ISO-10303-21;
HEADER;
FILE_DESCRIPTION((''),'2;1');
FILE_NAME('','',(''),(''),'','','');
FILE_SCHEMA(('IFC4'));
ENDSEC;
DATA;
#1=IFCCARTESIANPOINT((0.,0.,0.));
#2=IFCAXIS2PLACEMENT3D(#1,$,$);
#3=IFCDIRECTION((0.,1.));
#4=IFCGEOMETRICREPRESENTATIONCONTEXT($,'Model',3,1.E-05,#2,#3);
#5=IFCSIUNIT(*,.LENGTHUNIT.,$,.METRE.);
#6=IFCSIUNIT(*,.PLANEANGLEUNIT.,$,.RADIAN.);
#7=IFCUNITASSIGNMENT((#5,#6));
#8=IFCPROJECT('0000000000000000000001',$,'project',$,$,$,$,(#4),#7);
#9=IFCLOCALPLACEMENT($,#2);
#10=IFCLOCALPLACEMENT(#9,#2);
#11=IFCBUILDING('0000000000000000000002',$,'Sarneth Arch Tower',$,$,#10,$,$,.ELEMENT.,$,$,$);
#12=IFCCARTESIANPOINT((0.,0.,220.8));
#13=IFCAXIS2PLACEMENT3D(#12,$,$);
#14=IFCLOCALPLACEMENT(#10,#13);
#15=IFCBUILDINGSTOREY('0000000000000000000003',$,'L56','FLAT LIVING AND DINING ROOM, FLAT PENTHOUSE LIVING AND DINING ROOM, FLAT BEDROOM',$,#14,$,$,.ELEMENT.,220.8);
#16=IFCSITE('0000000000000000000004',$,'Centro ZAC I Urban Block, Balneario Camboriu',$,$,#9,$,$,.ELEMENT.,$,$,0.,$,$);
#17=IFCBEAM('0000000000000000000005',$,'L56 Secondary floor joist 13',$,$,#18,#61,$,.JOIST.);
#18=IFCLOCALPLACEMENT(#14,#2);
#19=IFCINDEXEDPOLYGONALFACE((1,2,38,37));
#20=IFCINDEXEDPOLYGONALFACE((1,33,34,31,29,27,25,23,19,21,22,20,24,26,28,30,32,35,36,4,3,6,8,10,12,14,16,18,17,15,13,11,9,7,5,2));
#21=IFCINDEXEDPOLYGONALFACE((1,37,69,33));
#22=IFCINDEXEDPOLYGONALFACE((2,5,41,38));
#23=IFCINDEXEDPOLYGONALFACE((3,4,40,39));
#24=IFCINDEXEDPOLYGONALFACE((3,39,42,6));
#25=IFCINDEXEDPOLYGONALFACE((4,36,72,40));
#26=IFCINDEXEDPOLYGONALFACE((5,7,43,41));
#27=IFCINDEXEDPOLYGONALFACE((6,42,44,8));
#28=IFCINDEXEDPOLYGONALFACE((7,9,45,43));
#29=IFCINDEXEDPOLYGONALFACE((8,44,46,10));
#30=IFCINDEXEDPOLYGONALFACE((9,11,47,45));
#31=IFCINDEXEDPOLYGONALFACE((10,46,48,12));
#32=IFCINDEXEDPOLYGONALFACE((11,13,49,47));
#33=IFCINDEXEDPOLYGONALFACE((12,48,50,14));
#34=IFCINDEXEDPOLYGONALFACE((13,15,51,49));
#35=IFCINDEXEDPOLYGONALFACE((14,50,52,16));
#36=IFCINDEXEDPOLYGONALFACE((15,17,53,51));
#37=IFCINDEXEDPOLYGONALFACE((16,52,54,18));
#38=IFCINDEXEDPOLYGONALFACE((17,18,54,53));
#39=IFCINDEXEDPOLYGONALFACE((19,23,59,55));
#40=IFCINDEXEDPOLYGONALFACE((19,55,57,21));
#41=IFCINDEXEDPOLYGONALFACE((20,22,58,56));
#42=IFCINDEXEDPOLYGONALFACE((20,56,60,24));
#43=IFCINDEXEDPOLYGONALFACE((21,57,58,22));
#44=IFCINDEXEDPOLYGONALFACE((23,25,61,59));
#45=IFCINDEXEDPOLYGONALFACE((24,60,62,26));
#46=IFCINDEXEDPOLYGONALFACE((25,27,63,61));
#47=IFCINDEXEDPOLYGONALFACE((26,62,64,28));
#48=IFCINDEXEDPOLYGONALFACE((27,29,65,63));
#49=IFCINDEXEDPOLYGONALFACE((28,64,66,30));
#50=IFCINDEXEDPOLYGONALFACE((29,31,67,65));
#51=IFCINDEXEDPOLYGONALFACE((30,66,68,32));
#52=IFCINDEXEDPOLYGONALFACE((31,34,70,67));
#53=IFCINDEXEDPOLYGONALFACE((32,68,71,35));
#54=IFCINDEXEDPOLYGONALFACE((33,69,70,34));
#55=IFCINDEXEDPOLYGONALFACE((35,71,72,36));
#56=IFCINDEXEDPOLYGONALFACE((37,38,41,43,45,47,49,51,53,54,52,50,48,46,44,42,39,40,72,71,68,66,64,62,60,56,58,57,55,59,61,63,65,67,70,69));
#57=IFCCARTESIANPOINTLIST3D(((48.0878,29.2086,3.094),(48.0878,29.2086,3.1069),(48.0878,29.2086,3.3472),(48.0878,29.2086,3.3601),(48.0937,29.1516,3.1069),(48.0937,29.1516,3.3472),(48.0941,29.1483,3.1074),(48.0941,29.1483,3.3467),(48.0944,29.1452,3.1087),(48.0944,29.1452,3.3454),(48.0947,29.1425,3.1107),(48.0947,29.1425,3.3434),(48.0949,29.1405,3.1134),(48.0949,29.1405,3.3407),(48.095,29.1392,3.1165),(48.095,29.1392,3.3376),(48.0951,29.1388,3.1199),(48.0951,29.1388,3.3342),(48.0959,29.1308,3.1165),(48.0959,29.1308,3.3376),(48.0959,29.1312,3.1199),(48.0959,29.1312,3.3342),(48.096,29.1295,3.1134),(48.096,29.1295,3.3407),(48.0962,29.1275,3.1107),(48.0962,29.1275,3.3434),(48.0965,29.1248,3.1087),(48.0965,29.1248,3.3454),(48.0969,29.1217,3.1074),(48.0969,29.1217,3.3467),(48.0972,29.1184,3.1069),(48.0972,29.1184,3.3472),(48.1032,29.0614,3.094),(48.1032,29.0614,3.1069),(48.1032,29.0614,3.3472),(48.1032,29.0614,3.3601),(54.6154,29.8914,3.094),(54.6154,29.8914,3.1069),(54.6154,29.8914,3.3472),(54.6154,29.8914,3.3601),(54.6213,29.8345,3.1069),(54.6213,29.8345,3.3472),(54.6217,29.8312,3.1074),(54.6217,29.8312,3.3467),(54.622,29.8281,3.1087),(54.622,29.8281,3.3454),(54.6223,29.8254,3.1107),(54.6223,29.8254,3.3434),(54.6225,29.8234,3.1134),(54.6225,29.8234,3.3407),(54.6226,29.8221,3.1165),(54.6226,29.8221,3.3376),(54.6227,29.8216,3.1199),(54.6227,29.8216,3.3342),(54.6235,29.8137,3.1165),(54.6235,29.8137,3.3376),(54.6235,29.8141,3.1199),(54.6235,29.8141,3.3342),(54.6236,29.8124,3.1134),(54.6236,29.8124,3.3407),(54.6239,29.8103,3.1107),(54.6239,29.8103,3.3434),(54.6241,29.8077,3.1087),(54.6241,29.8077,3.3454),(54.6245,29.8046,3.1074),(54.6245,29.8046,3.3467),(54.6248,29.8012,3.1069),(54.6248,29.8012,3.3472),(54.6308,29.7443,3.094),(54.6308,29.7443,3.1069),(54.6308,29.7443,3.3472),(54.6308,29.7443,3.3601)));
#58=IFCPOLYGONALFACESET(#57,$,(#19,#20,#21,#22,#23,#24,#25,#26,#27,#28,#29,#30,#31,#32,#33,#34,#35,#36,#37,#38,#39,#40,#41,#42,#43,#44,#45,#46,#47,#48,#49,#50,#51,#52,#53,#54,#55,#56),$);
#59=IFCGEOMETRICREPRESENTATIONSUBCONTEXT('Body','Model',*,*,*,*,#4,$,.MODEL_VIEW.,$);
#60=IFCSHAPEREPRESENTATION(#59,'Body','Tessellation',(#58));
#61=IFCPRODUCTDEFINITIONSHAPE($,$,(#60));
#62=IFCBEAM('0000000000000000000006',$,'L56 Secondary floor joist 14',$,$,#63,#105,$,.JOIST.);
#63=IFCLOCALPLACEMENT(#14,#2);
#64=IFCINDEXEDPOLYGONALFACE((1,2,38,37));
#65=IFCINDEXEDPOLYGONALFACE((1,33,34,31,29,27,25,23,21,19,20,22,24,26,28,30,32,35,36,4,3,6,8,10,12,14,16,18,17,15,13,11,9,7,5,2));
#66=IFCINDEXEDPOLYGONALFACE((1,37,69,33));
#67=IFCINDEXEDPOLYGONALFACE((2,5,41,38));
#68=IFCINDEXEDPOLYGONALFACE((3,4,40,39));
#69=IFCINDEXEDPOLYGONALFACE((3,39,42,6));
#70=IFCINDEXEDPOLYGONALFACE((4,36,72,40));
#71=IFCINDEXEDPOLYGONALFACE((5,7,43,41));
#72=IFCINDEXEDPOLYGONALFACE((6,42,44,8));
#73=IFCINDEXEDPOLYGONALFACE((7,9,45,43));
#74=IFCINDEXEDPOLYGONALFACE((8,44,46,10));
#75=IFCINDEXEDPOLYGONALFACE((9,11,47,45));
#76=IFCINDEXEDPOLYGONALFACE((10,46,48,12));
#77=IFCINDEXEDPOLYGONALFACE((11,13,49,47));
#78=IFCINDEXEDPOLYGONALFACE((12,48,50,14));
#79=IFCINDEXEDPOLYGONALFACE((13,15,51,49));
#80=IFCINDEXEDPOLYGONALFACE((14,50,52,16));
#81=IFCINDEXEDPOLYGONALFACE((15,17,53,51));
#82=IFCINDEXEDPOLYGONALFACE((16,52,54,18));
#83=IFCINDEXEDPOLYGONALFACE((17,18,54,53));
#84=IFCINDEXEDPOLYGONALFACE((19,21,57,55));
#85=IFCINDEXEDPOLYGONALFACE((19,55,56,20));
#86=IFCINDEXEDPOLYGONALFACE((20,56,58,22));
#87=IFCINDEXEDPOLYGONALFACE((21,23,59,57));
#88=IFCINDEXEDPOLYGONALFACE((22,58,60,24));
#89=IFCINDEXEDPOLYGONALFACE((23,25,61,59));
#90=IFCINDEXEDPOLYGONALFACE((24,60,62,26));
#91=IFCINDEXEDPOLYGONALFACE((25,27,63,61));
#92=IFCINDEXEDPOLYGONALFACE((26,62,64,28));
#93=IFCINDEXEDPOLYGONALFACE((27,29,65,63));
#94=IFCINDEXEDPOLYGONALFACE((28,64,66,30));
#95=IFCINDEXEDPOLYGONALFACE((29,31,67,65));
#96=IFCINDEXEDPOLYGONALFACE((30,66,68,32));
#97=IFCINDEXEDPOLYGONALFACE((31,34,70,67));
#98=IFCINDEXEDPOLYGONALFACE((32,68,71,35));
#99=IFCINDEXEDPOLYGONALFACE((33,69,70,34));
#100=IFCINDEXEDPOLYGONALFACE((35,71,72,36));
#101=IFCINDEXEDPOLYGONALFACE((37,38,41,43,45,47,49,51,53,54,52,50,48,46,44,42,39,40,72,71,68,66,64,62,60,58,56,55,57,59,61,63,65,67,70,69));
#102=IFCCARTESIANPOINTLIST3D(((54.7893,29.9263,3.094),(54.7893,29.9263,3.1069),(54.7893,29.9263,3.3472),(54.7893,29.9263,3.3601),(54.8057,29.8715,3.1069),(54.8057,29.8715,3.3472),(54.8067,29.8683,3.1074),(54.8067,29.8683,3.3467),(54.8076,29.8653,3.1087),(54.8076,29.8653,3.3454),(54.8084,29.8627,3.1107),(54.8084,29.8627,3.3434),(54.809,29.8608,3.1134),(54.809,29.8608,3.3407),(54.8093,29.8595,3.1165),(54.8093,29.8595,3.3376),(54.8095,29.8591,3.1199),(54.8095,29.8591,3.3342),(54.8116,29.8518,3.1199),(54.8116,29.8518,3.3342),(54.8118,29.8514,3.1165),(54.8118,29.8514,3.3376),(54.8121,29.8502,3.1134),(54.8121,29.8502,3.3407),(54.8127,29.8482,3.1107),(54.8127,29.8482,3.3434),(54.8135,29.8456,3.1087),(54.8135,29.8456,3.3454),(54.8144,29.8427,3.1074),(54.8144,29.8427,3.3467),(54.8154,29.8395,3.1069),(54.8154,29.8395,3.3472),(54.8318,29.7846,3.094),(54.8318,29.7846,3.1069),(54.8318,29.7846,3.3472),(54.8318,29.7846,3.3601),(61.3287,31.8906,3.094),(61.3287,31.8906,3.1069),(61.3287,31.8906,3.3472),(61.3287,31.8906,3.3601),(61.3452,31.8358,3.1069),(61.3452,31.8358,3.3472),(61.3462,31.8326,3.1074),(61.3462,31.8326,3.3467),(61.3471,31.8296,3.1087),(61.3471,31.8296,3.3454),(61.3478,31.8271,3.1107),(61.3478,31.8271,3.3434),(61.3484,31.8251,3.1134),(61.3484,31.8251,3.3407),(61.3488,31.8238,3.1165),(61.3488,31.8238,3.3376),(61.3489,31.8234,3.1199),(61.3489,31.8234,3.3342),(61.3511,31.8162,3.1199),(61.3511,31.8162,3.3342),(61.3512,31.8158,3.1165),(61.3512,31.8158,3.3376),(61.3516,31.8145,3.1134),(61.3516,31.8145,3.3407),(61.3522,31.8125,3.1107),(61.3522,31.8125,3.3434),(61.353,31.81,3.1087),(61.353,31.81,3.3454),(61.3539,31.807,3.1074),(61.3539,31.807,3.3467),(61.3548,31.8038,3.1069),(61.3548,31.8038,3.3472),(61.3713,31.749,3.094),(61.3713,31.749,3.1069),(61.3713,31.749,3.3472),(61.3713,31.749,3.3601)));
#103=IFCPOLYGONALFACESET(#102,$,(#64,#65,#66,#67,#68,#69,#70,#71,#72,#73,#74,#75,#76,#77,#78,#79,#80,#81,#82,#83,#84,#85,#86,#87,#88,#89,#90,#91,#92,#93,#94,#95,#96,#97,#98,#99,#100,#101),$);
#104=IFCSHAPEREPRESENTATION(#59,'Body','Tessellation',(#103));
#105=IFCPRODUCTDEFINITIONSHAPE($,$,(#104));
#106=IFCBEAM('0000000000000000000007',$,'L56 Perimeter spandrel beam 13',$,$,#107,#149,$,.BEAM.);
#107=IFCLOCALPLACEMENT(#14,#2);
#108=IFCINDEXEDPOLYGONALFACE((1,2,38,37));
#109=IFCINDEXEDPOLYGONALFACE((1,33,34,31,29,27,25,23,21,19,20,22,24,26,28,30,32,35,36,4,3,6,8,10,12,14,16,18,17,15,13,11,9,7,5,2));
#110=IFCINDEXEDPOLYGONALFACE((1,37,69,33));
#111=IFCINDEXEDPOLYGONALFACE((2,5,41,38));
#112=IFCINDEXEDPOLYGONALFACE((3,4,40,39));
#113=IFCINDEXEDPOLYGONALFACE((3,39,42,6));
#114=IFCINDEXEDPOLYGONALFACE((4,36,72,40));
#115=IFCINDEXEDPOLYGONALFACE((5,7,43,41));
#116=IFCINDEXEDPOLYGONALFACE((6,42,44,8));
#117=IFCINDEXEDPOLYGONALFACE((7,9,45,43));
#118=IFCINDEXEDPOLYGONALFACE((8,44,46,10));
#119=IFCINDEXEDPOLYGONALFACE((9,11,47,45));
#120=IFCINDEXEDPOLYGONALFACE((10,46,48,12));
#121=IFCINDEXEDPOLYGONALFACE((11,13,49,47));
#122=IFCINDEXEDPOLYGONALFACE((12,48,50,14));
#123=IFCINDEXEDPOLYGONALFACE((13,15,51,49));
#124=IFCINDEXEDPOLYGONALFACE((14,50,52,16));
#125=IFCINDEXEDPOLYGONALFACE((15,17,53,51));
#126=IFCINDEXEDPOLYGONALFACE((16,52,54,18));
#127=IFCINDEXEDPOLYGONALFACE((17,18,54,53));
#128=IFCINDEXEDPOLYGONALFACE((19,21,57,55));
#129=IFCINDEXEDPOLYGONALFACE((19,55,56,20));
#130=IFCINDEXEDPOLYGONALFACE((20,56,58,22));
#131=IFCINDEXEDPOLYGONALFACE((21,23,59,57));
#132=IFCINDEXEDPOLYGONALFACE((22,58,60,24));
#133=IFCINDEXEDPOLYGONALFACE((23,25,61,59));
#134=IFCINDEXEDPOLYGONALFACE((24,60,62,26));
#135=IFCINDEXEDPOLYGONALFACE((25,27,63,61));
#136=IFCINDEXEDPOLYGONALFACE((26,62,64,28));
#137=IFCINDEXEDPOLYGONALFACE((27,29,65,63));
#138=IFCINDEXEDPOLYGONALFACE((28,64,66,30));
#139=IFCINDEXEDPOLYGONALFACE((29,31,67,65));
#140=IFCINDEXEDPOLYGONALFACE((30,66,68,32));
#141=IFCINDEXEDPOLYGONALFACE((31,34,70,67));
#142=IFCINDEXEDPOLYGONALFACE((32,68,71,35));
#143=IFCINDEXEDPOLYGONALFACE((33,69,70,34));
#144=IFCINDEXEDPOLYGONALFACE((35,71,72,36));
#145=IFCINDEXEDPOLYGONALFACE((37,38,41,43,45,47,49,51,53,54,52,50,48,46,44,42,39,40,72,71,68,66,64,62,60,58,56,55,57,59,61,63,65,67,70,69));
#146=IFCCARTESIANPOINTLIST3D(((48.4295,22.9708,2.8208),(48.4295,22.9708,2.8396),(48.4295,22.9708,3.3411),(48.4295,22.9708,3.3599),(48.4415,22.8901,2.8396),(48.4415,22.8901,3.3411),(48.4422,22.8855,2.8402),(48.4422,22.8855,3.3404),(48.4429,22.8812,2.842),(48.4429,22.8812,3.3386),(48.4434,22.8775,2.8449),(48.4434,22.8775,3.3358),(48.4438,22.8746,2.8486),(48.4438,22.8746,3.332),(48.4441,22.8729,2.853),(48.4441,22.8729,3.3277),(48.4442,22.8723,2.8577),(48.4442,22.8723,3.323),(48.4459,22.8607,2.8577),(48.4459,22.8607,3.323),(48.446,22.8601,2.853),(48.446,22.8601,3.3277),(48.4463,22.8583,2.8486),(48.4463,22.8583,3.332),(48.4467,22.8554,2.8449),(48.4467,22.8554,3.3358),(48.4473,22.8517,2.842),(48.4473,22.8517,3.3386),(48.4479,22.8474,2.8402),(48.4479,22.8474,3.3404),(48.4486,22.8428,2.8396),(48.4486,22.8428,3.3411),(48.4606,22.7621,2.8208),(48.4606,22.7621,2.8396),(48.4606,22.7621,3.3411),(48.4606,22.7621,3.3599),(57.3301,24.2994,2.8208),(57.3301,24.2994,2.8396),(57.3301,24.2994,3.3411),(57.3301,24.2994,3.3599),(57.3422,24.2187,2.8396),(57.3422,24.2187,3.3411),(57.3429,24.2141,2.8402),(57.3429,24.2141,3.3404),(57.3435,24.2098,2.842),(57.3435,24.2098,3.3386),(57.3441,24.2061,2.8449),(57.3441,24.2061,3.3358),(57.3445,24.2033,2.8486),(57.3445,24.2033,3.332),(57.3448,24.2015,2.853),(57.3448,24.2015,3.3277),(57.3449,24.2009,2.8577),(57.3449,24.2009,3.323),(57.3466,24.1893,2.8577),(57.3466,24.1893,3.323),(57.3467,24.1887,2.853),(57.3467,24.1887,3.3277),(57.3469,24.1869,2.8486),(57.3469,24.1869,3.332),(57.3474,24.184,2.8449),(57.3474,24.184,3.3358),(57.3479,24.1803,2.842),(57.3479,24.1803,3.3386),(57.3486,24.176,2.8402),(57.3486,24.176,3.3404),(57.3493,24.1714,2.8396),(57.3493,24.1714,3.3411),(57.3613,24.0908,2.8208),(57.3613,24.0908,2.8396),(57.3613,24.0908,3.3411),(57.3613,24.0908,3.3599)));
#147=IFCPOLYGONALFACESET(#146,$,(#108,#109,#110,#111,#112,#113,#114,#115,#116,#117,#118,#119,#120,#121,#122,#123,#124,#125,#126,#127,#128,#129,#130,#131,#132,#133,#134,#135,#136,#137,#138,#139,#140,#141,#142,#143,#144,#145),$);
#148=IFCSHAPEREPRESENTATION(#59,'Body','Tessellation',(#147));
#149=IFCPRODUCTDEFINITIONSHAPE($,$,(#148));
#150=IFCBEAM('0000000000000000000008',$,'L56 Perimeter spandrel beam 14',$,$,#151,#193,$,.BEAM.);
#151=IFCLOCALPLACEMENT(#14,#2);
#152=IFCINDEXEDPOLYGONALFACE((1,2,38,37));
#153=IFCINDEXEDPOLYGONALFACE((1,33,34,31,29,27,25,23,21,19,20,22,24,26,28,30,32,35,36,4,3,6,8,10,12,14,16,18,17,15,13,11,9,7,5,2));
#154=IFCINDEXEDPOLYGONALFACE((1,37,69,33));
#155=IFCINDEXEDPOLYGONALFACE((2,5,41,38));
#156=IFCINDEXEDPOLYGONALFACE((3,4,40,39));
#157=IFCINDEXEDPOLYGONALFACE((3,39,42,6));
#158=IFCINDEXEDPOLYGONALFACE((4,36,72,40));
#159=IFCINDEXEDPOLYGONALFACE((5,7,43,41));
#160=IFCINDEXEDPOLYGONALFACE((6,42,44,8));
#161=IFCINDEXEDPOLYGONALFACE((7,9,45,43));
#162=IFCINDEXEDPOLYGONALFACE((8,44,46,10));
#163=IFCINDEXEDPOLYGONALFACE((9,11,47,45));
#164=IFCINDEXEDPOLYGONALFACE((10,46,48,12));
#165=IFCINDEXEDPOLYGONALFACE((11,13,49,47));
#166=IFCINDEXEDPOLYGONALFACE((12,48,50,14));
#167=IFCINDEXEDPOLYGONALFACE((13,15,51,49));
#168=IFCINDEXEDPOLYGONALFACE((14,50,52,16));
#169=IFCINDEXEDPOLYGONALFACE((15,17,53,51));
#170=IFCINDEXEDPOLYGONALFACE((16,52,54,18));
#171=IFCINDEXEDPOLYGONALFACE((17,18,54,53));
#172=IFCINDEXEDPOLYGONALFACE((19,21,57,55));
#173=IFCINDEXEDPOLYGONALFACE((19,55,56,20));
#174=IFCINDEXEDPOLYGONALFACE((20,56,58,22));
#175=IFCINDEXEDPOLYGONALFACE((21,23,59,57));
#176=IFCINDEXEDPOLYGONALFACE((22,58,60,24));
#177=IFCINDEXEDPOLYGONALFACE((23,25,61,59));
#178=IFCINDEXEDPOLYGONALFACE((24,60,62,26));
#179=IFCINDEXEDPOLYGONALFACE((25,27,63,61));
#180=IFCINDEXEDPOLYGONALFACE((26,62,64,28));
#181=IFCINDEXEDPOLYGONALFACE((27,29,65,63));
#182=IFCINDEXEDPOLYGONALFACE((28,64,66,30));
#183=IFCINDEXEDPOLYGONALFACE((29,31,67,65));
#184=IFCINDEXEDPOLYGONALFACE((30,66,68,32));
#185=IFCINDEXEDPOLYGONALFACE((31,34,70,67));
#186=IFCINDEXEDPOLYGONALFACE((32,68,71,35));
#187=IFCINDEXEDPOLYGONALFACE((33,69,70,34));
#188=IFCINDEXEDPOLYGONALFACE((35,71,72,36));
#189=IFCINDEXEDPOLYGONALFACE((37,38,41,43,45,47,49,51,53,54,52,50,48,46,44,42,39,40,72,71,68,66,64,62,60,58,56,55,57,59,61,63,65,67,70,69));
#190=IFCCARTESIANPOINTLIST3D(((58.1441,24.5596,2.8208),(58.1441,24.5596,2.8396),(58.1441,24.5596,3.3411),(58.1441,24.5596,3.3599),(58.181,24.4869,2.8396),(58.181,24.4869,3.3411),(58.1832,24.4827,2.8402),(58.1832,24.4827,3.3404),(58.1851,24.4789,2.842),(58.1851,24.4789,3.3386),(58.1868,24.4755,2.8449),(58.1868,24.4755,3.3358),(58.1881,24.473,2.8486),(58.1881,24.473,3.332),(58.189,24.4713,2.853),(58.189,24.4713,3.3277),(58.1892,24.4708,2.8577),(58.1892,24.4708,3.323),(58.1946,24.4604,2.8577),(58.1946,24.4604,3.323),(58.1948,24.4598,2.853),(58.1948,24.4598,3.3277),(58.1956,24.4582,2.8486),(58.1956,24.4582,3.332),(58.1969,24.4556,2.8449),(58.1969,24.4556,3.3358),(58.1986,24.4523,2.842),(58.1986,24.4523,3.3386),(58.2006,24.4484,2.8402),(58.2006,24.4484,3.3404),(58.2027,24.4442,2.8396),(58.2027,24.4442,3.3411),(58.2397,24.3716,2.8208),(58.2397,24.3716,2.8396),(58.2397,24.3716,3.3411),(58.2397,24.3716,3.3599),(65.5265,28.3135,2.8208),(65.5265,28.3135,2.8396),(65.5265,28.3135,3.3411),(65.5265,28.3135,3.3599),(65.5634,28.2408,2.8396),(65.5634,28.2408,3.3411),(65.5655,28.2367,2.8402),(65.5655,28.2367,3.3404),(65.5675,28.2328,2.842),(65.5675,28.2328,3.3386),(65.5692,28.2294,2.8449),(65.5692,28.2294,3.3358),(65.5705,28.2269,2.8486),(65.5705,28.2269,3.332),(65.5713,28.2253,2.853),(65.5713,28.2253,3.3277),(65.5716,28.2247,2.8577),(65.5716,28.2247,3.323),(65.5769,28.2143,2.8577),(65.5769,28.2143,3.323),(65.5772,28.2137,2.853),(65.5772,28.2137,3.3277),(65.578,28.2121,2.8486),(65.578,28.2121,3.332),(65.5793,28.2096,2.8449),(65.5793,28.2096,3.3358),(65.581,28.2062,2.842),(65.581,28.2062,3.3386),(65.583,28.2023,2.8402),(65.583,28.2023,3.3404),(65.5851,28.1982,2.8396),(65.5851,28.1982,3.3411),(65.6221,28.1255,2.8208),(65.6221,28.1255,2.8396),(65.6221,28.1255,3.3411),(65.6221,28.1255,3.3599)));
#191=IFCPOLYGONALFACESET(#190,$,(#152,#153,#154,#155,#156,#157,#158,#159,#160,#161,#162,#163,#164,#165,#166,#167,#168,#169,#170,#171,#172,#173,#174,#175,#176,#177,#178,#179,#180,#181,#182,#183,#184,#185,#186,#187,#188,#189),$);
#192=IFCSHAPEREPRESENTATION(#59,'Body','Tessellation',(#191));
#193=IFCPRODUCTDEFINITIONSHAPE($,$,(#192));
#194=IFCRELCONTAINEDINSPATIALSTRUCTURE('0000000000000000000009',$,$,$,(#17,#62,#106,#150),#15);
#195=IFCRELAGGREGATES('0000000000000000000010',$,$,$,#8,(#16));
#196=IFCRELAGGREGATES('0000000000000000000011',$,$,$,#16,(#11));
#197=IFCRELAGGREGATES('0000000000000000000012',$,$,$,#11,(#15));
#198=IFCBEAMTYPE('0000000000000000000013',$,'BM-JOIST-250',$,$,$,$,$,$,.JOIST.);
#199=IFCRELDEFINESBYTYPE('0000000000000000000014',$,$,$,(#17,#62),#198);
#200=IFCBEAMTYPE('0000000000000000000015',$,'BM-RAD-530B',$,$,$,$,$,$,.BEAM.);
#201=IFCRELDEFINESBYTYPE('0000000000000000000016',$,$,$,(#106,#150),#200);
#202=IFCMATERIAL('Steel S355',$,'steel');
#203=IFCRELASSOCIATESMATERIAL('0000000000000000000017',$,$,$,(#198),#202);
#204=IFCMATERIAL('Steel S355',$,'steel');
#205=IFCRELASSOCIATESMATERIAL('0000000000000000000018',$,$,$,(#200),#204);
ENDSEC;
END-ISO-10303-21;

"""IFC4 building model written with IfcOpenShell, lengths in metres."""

from ifc_helpers import new_model, si_unit, direction, frame, origin, origin_2d, place, context, subcontext, project, spatial, i_section, extrude, material, material_profile, profile_set, type_object, element, save


model = new_model("IFC4")

# Units and contexts
model_context = context("Model", 3, precision=1e-05, world=origin(), true_north=direction((0.0, 1.0)))
body_context = subcontext(model_context, "Body", "Model", "MODEL_VIEW")
ifc_project = project(units=[si_unit("LENGTHUNIT", "METRE"), si_unit("PLANEANGLEUNIT", "RADIAN")], contexts=[model_context])

# Site, building, storey
site_placement = place(None, origin())
site = spatial("IfcSite", under=ifc_project, at=site_placement, Name="Centro ZAC I Urban Block, Balneario Camboriu", CompositionType="ELEMENT", RefElevation=0.0)
building_placement = place(site_placement, origin())
building = spatial("IfcBuilding", under=site, at=building_placement, Name="Sarneth Arch Tower", CompositionType="ELEMENT")
storey_placement = place(building_placement, frame((0.0, 0.0, 220.8)))
storey = spatial("IfcBuildingStorey", under=building, at=storey_placement, Name="L56", Description="FLAT LIVING AND DINING ROOM, FLAT PENTHOUSE LIVING AND DINING ROOM, FLAT BEDROOM", CompositionType="ELEMENT", Elevation=220.8)

# Beams
ifc_material_1 = material(Name="Steel S355", Category="steel")
ifc_material_profile_1 = material_profile(ifc_material_1, i_section(OverallWidth=0.1479, OverallDepth=0.2661, WebThickness=0.0076, FlangeThickness=0.0129, FilletRadius=0.0129, at=origin_2d()), Name="W250x44.8")
ifc_profile_set_1 = profile_set([ifc_material_profile_1], Name="Steel S355")
beam_type_1 = type_object("IfcBeamType", Name="BM-JOIST-250", PredefinedType="JOIST", material=ifc_profile_set_1)
beam_1_placement = place(storey_placement, frame((48.0955, 29.135, 3.2271), z_axis=(0.994573, 0.104044, 0.0), x_axis=(-0.104044, 0.994573, 0.0)))
element("IfcBeam", 1, at=beam_1_placement, inside=storey, type_object=beam_type_1, Name="L56 Secondary floor joist 13", PredefinedType="JOIST", context=body_context, shape_type="SweptSolid", body=[
    extrude(i_section(OverallWidth=0.1479, OverallDepth=0.2661, WebThickness=0.0076, FlangeThickness=0.0129, FilletRadius=0.0129, at=origin_2d()), origin(), (0.0, 0.0, 1.0), 6.5632),
])
beam_2_placement = place(storey_placement, frame((54.8105, 29.8555, 3.2271), z_axis=(0.957726, 0.287682, 0.0), x_axis=(-0.287682, 0.957726, 0.0)))
element("IfcBeam", 2, at=beam_2_placement, inside=storey, type_object=beam_type_1, Name="L56 Secondary floor joist 14", PredefinedType="JOIST", context=body_context, shape_type="SweptSolid", body=[
    extrude(i_section(OverallWidth=0.1479, OverallDepth=0.2661, WebThickness=0.0076, FlangeThickness=0.0129, FilletRadius=0.0129, at=origin_2d()), origin(), (0.0, 0.0, 1.0), 6.8281),
])
ifc_material_2 = material(Name="Steel S355", Category="steel")
ifc_material_profile_2 = material_profile(ifc_material_2, i_section(OverallWidth=0.2109, OverallDepth=0.5391, WebThickness=0.0117, FlangeThickness=0.0188, FilletRadius=0.0181, at=origin_2d()), Name="W530x109")
ifc_profile_set_2 = profile_set([ifc_material_profile_2], Name="Steel S355")
beam_type_2 = type_object("IfcBeamType", Name="BM-RAD-530B", PredefinedType="BEAM", material=ifc_profile_set_2)
beam_3_placement = place(storey_placement, frame((48.4451, 22.8665, 3.0903), z_axis=(0.989042, 0.147636, 0.0), x_axis=(-0.147636, 0.989042, 0.0)))
element("IfcBeam", 3, at=beam_3_placement, inside=storey, type_object=beam_type_2, Name="L56 Perimeter spandrel beam 13", PredefinedType="BEAM", context=body_context, shape_type="SweptSolid", body=[
    extrude(i_section(OverallWidth=0.2109, OverallDepth=0.5391, WebThickness=0.0117, FlangeThickness=0.0188, FilletRadius=0.0181, at=origin_2d()), origin(), (0.0, 0.0, 1.0), 8.9993),
])
beam_4_placement = place(storey_placement, frame((58.1919, 24.4656, 3.0903), z_axis=(0.891376, 0.453264, 0.0), x_axis=(-0.453264, 0.891376, 0.0)))
element("IfcBeam", 4, at=beam_4_placement, inside=storey, type_object=beam_type_2, Name="L56 Perimeter spandrel beam 14", PredefinedType="BEAM", context=body_context, shape_type="SweptSolid", body=[
    extrude(i_section(OverallWidth=0.2109, OverallDepth=0.5391, WebThickness=0.0117, FlangeThickness=0.0188, FilletRadius=0.0181, at=origin_2d()), origin(), (0.0, 0.0, 1.0), 8.282),
])

save(model, "model.ifc")
